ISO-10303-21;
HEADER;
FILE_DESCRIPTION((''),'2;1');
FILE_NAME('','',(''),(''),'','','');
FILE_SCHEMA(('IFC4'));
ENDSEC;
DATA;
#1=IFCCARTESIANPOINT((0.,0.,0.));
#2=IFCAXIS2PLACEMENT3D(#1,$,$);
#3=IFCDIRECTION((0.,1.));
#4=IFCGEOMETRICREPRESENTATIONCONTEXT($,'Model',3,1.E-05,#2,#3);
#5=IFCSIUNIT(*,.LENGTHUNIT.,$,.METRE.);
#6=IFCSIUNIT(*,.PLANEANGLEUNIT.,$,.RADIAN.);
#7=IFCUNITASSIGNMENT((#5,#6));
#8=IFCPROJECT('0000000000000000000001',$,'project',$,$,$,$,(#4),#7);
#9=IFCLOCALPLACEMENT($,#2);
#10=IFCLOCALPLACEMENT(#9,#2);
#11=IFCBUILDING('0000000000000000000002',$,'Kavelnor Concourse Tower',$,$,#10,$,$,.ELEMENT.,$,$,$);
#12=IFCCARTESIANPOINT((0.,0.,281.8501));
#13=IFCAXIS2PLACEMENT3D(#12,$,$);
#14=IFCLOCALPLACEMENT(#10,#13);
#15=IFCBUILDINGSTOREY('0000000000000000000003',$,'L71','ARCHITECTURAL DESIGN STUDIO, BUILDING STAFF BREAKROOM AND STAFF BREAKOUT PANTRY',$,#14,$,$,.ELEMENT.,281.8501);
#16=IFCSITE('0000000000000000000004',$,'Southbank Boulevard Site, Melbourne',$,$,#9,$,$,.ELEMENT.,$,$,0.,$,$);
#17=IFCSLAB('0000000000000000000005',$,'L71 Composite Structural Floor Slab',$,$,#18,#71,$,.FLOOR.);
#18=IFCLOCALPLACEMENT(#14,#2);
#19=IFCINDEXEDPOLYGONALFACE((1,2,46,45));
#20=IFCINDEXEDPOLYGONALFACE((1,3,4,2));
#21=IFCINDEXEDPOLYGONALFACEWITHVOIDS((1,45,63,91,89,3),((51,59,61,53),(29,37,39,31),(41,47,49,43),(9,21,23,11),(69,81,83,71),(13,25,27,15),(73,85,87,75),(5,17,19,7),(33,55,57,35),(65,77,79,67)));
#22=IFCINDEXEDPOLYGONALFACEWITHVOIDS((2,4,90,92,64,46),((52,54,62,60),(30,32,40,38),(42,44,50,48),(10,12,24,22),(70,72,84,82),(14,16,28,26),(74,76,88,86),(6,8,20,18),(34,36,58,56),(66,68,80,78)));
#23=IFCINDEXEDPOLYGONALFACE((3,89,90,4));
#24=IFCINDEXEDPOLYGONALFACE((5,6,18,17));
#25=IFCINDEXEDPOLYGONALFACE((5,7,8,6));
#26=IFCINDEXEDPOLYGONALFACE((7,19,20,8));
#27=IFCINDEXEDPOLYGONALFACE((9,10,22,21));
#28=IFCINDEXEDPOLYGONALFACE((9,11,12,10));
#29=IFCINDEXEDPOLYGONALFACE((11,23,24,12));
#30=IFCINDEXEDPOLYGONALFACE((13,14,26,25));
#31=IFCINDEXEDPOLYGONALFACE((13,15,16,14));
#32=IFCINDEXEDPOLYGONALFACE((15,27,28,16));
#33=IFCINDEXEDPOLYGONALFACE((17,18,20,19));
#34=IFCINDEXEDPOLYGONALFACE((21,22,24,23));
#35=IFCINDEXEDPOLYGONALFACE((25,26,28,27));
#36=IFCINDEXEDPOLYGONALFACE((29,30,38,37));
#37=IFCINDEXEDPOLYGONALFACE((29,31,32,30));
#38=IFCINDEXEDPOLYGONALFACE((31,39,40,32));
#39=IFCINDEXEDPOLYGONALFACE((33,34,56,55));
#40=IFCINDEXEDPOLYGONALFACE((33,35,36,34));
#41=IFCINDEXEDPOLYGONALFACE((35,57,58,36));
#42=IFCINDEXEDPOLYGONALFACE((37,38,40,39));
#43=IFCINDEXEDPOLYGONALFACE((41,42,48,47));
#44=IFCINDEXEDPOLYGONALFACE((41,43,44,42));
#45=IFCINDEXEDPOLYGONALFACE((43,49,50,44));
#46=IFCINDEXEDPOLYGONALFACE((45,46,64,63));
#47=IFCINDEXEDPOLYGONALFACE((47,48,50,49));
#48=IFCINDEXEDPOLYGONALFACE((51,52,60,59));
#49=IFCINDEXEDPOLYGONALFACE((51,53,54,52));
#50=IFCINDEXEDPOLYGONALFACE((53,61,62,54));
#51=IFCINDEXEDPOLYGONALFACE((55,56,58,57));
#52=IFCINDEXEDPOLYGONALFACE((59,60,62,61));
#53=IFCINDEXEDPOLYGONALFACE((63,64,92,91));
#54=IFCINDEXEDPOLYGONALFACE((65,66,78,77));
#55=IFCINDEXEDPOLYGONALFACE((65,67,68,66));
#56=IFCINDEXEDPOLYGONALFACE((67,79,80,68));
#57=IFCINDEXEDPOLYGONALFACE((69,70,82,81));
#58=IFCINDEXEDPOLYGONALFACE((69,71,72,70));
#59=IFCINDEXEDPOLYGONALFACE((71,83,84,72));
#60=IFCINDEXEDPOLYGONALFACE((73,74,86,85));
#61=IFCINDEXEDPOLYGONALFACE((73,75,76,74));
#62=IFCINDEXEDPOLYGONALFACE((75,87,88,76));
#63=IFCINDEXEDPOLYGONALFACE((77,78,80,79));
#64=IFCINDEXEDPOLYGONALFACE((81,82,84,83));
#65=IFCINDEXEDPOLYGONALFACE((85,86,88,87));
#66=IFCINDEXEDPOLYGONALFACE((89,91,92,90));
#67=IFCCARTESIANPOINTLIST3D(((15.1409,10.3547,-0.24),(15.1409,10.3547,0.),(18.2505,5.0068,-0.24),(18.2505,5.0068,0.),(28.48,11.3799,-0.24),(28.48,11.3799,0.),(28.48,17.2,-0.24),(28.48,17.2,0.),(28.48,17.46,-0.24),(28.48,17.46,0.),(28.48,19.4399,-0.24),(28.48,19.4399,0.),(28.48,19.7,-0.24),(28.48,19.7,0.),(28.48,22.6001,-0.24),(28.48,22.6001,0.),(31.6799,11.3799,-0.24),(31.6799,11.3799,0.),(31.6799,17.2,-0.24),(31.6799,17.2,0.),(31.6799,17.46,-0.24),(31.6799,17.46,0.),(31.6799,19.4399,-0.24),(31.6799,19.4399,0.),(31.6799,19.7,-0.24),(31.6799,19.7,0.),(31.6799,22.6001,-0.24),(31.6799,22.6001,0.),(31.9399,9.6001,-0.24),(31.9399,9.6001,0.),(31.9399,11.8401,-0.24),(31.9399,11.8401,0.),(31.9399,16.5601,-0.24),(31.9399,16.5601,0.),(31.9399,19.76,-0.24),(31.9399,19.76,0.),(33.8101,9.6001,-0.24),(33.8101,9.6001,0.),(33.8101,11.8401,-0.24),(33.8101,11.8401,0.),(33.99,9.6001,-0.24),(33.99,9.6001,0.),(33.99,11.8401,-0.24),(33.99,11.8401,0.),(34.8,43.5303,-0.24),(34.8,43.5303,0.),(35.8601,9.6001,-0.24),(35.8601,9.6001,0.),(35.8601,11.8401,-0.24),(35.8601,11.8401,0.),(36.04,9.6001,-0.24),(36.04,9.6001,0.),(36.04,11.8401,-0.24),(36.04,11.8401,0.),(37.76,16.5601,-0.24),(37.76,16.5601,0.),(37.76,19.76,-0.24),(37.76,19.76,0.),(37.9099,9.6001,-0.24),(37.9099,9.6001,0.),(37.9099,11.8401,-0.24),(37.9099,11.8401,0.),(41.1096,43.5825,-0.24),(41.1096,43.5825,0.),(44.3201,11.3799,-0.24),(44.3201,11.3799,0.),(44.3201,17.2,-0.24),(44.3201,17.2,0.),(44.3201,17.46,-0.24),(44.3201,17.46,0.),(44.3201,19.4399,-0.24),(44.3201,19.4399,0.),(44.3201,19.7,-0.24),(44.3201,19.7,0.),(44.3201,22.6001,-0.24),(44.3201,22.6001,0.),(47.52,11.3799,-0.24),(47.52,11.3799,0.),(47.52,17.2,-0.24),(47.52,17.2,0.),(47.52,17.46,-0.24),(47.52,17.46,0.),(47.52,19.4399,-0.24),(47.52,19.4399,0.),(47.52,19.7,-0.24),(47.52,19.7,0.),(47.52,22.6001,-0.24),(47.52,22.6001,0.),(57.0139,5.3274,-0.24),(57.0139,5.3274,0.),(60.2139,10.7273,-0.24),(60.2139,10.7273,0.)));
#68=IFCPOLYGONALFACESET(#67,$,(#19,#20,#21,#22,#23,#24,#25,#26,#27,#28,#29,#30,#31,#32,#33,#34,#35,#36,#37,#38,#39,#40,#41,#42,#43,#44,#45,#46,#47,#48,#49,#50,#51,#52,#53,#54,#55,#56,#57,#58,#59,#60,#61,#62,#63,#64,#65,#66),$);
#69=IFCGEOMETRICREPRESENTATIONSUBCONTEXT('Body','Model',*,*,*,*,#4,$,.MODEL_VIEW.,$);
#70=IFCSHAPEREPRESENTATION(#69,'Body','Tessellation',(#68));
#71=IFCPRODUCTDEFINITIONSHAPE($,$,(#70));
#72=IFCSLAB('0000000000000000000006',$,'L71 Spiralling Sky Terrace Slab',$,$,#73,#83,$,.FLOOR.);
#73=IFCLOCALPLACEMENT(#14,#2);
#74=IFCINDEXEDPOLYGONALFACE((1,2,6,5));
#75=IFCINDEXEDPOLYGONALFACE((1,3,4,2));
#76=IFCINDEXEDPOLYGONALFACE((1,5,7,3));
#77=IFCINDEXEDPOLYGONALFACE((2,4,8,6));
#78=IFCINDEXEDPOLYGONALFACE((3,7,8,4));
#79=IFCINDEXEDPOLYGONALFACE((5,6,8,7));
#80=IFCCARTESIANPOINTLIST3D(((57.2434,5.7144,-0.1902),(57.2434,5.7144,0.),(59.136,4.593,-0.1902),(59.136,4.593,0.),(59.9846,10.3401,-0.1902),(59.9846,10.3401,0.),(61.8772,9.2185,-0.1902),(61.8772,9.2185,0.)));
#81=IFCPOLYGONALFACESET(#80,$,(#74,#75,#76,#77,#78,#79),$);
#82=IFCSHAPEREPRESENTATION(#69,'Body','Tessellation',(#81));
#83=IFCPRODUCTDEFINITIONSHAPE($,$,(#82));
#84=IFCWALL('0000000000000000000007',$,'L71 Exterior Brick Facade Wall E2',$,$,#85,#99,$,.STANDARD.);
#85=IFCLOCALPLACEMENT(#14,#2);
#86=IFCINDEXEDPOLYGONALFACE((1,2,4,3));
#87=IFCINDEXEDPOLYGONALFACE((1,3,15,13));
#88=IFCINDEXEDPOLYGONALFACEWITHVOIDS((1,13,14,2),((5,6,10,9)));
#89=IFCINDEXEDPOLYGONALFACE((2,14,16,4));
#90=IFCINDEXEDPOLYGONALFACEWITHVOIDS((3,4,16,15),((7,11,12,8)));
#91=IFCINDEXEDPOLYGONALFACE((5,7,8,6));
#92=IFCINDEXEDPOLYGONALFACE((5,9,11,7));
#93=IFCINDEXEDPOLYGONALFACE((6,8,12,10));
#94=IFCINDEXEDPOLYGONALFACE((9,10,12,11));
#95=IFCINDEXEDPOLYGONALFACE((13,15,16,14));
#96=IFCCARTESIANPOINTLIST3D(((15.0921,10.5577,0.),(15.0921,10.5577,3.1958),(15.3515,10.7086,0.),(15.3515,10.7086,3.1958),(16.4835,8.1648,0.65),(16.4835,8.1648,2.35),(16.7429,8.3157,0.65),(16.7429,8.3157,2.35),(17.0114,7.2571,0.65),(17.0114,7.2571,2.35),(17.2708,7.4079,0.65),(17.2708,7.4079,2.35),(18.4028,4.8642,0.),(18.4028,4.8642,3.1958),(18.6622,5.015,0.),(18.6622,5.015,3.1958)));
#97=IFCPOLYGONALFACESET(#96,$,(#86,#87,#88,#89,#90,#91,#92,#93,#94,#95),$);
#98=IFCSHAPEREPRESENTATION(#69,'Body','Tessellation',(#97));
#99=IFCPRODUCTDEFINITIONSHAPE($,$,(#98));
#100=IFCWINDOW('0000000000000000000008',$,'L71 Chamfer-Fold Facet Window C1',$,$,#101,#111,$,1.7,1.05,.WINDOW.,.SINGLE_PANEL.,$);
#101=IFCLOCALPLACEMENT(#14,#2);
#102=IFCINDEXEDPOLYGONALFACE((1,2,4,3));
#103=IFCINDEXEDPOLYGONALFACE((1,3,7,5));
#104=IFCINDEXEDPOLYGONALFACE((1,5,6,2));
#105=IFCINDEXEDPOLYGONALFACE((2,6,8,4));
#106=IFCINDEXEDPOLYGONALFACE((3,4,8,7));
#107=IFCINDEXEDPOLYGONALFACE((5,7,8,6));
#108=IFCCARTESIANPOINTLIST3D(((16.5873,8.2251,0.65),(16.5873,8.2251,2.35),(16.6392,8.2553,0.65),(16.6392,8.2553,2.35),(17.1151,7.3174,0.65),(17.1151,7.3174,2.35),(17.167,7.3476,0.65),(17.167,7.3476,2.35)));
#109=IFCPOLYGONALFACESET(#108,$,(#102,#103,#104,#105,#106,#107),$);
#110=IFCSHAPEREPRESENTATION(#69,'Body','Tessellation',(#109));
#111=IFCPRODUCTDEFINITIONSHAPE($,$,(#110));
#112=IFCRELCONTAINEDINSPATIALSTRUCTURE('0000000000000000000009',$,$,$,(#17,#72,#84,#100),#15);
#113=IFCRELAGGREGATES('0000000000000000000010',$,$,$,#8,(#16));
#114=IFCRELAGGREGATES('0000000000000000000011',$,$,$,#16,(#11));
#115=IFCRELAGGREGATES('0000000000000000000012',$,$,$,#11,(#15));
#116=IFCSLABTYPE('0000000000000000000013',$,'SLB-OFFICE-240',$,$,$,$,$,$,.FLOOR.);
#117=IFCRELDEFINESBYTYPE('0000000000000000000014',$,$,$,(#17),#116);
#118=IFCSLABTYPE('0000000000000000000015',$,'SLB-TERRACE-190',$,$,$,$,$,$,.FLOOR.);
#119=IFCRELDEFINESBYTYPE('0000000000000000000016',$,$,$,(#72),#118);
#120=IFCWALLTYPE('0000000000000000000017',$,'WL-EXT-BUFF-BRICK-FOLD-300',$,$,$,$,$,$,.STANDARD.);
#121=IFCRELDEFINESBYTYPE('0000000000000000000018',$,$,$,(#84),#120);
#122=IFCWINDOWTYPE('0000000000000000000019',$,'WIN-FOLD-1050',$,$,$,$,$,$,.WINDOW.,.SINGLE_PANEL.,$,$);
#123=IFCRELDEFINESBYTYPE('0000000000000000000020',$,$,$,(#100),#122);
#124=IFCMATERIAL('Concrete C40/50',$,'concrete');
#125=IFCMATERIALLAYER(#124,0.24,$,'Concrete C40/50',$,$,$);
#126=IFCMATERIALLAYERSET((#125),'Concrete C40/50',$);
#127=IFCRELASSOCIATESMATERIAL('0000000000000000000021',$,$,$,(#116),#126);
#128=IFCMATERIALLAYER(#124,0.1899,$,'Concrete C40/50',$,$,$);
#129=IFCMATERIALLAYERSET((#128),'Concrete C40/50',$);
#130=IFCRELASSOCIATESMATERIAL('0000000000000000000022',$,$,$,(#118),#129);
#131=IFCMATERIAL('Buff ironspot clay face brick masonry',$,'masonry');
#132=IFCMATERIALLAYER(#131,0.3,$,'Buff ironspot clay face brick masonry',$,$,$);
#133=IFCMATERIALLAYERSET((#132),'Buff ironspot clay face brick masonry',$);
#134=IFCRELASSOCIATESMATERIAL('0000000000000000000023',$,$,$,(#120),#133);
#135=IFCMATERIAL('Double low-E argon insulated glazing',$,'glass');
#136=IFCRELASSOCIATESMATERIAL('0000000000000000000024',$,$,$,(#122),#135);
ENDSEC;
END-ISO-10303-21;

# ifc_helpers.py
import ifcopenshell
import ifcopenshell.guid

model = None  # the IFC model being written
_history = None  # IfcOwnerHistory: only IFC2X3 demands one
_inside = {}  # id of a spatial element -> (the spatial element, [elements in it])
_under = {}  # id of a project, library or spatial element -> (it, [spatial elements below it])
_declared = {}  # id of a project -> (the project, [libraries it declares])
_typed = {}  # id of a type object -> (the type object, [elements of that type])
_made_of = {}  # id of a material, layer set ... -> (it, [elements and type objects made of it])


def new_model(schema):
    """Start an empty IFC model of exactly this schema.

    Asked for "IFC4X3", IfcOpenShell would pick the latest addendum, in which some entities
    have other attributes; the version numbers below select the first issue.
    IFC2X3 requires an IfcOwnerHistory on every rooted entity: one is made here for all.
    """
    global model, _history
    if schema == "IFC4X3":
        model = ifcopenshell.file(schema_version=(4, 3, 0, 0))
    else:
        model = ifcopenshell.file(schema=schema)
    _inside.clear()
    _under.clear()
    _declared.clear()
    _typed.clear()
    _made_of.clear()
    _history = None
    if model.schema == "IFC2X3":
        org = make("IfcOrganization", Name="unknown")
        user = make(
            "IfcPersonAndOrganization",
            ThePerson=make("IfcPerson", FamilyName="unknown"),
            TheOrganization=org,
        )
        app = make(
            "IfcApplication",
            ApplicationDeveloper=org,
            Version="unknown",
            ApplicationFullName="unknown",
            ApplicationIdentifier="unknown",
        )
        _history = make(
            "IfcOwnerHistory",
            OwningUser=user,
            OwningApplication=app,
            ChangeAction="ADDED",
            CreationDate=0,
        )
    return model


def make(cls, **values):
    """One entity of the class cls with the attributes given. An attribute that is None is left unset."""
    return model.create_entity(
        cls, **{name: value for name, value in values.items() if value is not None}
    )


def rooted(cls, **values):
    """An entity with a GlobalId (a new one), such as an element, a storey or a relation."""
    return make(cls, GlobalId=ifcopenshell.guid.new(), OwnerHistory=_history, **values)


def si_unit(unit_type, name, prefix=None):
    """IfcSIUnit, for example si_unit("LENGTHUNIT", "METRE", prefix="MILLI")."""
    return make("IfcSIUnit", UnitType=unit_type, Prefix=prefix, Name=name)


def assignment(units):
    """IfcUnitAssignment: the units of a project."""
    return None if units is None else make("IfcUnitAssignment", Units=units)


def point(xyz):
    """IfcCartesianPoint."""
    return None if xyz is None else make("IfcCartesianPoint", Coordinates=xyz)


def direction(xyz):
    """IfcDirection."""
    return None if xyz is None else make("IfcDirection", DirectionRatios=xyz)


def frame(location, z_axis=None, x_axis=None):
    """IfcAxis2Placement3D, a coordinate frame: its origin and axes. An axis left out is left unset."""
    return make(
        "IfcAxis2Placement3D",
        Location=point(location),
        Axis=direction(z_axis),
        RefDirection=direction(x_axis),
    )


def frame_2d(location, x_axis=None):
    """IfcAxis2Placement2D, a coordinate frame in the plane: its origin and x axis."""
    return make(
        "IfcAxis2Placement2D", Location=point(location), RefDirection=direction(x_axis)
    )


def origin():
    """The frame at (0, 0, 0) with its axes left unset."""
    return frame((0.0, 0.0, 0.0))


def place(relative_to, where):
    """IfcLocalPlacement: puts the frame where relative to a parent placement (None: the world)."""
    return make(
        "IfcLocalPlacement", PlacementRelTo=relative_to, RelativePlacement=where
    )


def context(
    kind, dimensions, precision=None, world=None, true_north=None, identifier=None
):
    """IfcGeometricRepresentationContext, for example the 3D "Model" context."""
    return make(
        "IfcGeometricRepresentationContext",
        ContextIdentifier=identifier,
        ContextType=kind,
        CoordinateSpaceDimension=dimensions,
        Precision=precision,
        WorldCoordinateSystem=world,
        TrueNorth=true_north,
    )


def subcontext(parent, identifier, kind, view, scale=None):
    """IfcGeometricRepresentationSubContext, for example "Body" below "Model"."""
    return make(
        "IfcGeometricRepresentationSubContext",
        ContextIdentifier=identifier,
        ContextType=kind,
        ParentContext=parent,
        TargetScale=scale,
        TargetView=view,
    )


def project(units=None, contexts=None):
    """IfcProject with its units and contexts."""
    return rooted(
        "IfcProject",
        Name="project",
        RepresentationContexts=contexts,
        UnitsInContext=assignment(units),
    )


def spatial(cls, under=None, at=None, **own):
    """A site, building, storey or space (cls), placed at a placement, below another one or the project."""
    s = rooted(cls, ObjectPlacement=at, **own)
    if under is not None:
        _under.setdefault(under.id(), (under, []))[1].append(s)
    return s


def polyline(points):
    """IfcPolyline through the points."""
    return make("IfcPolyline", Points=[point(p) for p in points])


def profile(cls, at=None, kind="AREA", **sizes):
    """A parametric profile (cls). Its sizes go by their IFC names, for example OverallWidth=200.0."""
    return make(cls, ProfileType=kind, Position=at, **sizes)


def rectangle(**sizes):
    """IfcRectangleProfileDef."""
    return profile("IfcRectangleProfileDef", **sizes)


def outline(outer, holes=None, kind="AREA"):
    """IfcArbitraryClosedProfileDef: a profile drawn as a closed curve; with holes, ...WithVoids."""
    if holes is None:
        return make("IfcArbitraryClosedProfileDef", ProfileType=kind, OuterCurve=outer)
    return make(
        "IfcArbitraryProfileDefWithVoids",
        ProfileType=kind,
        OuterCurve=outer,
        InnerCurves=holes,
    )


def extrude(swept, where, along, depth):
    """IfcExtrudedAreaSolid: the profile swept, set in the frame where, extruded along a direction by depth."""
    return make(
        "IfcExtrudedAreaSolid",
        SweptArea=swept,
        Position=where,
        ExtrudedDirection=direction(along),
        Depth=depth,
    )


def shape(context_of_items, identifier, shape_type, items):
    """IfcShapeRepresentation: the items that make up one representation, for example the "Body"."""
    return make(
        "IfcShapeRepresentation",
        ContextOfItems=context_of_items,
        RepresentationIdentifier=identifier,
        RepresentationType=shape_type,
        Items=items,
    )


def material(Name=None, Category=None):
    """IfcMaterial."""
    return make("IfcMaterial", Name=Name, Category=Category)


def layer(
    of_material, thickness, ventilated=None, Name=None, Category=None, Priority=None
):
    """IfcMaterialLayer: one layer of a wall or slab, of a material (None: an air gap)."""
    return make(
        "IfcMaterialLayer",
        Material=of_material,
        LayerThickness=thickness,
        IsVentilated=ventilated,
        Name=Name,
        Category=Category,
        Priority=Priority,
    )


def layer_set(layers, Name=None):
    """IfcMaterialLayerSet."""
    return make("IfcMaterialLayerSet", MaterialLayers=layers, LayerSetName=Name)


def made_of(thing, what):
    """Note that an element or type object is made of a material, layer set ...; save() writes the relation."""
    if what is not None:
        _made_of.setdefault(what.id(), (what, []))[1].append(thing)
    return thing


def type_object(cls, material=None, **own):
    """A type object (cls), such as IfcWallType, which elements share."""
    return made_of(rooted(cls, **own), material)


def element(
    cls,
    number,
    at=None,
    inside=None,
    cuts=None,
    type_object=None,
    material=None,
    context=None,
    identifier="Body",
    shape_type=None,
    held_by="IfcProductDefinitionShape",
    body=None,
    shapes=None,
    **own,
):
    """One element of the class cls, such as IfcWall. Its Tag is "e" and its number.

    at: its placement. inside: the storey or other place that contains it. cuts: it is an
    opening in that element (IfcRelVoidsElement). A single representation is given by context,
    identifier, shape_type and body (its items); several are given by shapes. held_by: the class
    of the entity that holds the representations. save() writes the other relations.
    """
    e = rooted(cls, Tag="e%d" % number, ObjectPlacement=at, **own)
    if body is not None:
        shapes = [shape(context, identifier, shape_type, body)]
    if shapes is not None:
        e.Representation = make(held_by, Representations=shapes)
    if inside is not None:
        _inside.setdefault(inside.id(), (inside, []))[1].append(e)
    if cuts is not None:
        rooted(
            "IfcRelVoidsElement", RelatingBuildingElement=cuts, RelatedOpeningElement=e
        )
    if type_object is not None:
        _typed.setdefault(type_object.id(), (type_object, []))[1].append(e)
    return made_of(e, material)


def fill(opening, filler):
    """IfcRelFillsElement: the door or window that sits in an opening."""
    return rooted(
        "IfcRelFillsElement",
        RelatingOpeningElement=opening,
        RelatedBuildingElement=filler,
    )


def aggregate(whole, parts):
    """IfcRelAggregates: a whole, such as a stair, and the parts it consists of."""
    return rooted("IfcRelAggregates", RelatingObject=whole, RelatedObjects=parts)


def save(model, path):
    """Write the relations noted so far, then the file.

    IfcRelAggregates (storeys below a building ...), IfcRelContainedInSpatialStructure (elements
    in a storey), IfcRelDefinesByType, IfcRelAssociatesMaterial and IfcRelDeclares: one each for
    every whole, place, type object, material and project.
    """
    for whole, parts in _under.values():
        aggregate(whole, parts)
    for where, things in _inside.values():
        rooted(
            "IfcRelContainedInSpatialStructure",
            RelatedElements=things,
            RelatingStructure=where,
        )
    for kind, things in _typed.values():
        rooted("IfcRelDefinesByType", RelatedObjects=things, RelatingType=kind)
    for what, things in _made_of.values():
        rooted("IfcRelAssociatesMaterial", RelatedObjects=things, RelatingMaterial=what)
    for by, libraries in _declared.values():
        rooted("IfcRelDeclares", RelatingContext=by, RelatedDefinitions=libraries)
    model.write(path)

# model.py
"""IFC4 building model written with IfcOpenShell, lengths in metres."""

from ifc_helpers import new_model, si_unit, direction, frame, frame_2d, origin, place, context, subcontext, project, spatial, polyline, rectangle, outline, extrude, material, layer, layer_set, type_object, element, fill, save


model = new_model("IFC4")

# Units and contexts
model_context = context("Model", 3, precision=1e-05, world=origin(), true_north=direction((0.0, 1.0)))
body_context = subcontext(model_context, "Body", "Model", "MODEL_VIEW")
ifc_project = project(units=[si_unit("LENGTHUNIT", "METRE"), si_unit("PLANEANGLEUNIT", "RADIAN")], contexts=[model_context])

# Site, building, storey
site_placement = place(None, origin())
site = spatial("IfcSite", under=ifc_project, at=site_placement, Name="Southbank Boulevard Site, Melbourne", CompositionType="ELEMENT", RefElevation=0.0)
building_placement = place(site_placement, origin())
building = spatial("IfcBuilding", under=site, at=building_placement, Name="Kavelnor Concourse Tower", CompositionType="ELEMENT")
storey_placement = place(building_placement, frame((0.0, 0.0, 281.8501)))
storey = spatial("IfcBuildingStorey", under=building, at=storey_placement, Name="L71", Description="ARCHITECTURAL DESIGN STUDIO, BUILDING STAFF BREAKROOM AND STAFF BREAKOUT PANTRY", CompositionType="ELEMENT", Elevation=281.8501)

# Shared definitions
ifc_material_1 = material(Name="Concrete C40/50", Category="concrete")

# Slabs
ifc_layer_1 = layer(ifc_material_1, 0.24, Name="Concrete C40/50")
ifc_layer_set_1 = layer_set([ifc_layer_1], Name="Concrete C40/50")
slab_type_1 = type_object("IfcSlabType", Name="SLB-OFFICE-240", PredefinedType="FLOOR", material=ifc_layer_set_1)
slab_1_placement = place(storey_placement, frame((0.0, 0.0, -0.24)))
element("IfcSlab", 1, at=slab_1_placement, inside=storey, type_object=slab_type_1, Name="L71 Composite Structural Floor Slab", PredefinedType="FLOOR", context=body_context, shape_type="SweptSolid", body=[
    extrude(outline(polyline([(41.1096, 43.5825), (34.8, 43.5303), (15.1409, 10.3547), (18.2505, 5.0068), (57.0139, 5.3274), (60.2139, 10.7273), (41.1096, 43.5825)]), holes=[polyline([(28.48, 11.3799), (31.6799, 11.3799), (31.6799, 17.2), (28.48, 17.2), (28.48, 11.3799)]), polyline([(44.3201, 11.3799), (47.52, 11.3799), (47.52, 17.2), (44.3201, 17.2), (44.3201, 11.3799)]), polyline([(31.9399, 16.5601), (37.76, 16.5601), (37.76, 19.76), (31.9399, 19.76), (31.9399, 16.5601)]), polyline([(28.48, 19.7), (31.6799, 19.7), (31.6799, 22.6001), (28.48, 22.6001), (28.48, 19.7)]), polyline([(44.3201, 19.7), (47.52, 19.7), (47.52, 22.6001), (44.3201, 22.6001), (44.3201, 19.7)]), polyline([(31.9399, 9.6001), (33.8101, 9.6001), (33.8101, 11.8401), (31.9399, 11.8401), (31.9399, 9.6001)]), polyline([(33.99, 9.6001), (35.8601, 9.6001), (35.8601, 11.8401), (33.99, 11.8401), (33.99, 9.6001)]), polyline([(36.04, 9.6001), (37.9099, 9.6001), (37.9099, 11.8401), (36.04, 11.8401), (36.04, 9.6001)]), polyline([(28.48, 17.46), (31.6799, 17.46), (31.6799, 19.4399), (28.48, 19.4399), (28.48, 17.46)]), polyline([(44.3201, 17.46), (47.52, 17.46), (47.52, 19.4399), (44.3201, 19.4399), (44.3201, 17.46)])]), origin(), (0.0, 0.0, 1.0), 0.24),
])
ifc_layer_2 = layer(ifc_material_1, 0.1899, Name="Concrete C40/50")
ifc_layer_set_2 = layer_set([ifc_layer_2], Name="Concrete C40/50")
slab_type_2 = type_object("IfcSlabType", Name="SLB-TERRACE-190", PredefinedType="FLOOR", material=ifc_layer_set_2)
slab_2_placement = place(storey_placement, frame((0.0, 0.0, -0.1902)))
element("IfcSlab", 2, at=slab_2_placement, inside=storey, type_object=slab_type_2, Name="L71 Spiralling Sky Terrace Slab", PredefinedType="FLOOR", context=body_context, shape_type="SweptSolid", body=[
    extrude(outline(polyline([(61.8772, 9.2185), (59.136, 4.593), (57.2434, 5.7144), (59.9846, 10.3401), (61.8772, 9.2185)])), origin(), (0.0, 0.0, 1.0), 0.1902),
])

# Wall, opening, window
ifc_material_2 = material(Name="Buff ironspot clay face brick masonry", Category="masonry")
ifc_layer_3 = layer(ifc_material_2, 0.3, Name="Buff ironspot clay face brick masonry")
ifc_layer_set_3 = layer_set([ifc_layer_3], Name="Buff ironspot clay face brick masonry")
wall_type_1 = type_object("IfcWallType", Name="WL-EXT-BUFF-BRICK-FOLD-300", PredefinedType="STANDARD", material=ifc_layer_set_3)
wall_1_placement = place(storey_placement, frame((18.5325, 4.9397, 0.0), z_axis=(0.0, 0.0, 1.0), x_axis=(-0.502684, 0.86447, 0.0)))
wall_1 = element("IfcWall", 3, at=wall_1_placement, inside=storey, type_object=wall_type_1, Name="L71 Exterior Brick Facade Wall E2", PredefinedType="STANDARD", context=body_context, shape_type="SweptSolid", body=[
    extrude(rectangle(XDim=6.5862, YDim=0.3, at=frame_2d((3.293, 0.0))), origin(), (0.0, 0.0, 1.0), 3.1958),
])
opening_1_placement = place(wall_1_placement, frame((2.7681, 0.0, 0.6499)))
opening_1 = element("IfcOpeningElement", 4, at=opening_1_placement, cuts=wall_1, PredefinedType="OPENING", context=body_context, shape_type="SweptSolid", body=[
    extrude(rectangle(XDim=1.05, YDim=1.7, at=frame_2d((0.5249, 0.8501))), frame((0.0, 0.1602, 0.0), z_axis=(0.0, -1.0, 0.0), x_axis=(1.0, 0.0, 0.0)), (0.0, 0.0, 1.0), 0.3201),
])
ifc_material_3 = material(Name="Double low-E argon insulated glazing", Category="glass")
window_type_1 = type_object("IfcWindowType", Name="WIN-FOLD-1050", PartitioningType="SINGLE_PANEL", PredefinedType="WINDOW", material=ifc_material_3)
window_1_placement = place(opening_1_placement, origin())
window_1 = element("IfcWindow", 5, at=window_1_placement, inside=storey, type_object=window_type_1, Name="L71 Chamfer-Fold Facet Window C1", OverallHeight=1.7, OverallWidth=1.05, PartitioningType="SINGLE_PANEL", PredefinedType="WINDOW", context=body_context, shape_type="SweptSolid", body=[
    extrude(rectangle(XDim=1.05, YDim=1.7, at=frame_2d((0.5249, 0.8501))), frame((0.0, 0.03, 0.0), z_axis=(0.0, -1.0, 0.0), x_axis=(1.0, 0.0, 0.0)), (0.0, 0.0, 1.0), 0.0601),
])
fill(opening_1, window_1)

save(model, "model.ifc")
